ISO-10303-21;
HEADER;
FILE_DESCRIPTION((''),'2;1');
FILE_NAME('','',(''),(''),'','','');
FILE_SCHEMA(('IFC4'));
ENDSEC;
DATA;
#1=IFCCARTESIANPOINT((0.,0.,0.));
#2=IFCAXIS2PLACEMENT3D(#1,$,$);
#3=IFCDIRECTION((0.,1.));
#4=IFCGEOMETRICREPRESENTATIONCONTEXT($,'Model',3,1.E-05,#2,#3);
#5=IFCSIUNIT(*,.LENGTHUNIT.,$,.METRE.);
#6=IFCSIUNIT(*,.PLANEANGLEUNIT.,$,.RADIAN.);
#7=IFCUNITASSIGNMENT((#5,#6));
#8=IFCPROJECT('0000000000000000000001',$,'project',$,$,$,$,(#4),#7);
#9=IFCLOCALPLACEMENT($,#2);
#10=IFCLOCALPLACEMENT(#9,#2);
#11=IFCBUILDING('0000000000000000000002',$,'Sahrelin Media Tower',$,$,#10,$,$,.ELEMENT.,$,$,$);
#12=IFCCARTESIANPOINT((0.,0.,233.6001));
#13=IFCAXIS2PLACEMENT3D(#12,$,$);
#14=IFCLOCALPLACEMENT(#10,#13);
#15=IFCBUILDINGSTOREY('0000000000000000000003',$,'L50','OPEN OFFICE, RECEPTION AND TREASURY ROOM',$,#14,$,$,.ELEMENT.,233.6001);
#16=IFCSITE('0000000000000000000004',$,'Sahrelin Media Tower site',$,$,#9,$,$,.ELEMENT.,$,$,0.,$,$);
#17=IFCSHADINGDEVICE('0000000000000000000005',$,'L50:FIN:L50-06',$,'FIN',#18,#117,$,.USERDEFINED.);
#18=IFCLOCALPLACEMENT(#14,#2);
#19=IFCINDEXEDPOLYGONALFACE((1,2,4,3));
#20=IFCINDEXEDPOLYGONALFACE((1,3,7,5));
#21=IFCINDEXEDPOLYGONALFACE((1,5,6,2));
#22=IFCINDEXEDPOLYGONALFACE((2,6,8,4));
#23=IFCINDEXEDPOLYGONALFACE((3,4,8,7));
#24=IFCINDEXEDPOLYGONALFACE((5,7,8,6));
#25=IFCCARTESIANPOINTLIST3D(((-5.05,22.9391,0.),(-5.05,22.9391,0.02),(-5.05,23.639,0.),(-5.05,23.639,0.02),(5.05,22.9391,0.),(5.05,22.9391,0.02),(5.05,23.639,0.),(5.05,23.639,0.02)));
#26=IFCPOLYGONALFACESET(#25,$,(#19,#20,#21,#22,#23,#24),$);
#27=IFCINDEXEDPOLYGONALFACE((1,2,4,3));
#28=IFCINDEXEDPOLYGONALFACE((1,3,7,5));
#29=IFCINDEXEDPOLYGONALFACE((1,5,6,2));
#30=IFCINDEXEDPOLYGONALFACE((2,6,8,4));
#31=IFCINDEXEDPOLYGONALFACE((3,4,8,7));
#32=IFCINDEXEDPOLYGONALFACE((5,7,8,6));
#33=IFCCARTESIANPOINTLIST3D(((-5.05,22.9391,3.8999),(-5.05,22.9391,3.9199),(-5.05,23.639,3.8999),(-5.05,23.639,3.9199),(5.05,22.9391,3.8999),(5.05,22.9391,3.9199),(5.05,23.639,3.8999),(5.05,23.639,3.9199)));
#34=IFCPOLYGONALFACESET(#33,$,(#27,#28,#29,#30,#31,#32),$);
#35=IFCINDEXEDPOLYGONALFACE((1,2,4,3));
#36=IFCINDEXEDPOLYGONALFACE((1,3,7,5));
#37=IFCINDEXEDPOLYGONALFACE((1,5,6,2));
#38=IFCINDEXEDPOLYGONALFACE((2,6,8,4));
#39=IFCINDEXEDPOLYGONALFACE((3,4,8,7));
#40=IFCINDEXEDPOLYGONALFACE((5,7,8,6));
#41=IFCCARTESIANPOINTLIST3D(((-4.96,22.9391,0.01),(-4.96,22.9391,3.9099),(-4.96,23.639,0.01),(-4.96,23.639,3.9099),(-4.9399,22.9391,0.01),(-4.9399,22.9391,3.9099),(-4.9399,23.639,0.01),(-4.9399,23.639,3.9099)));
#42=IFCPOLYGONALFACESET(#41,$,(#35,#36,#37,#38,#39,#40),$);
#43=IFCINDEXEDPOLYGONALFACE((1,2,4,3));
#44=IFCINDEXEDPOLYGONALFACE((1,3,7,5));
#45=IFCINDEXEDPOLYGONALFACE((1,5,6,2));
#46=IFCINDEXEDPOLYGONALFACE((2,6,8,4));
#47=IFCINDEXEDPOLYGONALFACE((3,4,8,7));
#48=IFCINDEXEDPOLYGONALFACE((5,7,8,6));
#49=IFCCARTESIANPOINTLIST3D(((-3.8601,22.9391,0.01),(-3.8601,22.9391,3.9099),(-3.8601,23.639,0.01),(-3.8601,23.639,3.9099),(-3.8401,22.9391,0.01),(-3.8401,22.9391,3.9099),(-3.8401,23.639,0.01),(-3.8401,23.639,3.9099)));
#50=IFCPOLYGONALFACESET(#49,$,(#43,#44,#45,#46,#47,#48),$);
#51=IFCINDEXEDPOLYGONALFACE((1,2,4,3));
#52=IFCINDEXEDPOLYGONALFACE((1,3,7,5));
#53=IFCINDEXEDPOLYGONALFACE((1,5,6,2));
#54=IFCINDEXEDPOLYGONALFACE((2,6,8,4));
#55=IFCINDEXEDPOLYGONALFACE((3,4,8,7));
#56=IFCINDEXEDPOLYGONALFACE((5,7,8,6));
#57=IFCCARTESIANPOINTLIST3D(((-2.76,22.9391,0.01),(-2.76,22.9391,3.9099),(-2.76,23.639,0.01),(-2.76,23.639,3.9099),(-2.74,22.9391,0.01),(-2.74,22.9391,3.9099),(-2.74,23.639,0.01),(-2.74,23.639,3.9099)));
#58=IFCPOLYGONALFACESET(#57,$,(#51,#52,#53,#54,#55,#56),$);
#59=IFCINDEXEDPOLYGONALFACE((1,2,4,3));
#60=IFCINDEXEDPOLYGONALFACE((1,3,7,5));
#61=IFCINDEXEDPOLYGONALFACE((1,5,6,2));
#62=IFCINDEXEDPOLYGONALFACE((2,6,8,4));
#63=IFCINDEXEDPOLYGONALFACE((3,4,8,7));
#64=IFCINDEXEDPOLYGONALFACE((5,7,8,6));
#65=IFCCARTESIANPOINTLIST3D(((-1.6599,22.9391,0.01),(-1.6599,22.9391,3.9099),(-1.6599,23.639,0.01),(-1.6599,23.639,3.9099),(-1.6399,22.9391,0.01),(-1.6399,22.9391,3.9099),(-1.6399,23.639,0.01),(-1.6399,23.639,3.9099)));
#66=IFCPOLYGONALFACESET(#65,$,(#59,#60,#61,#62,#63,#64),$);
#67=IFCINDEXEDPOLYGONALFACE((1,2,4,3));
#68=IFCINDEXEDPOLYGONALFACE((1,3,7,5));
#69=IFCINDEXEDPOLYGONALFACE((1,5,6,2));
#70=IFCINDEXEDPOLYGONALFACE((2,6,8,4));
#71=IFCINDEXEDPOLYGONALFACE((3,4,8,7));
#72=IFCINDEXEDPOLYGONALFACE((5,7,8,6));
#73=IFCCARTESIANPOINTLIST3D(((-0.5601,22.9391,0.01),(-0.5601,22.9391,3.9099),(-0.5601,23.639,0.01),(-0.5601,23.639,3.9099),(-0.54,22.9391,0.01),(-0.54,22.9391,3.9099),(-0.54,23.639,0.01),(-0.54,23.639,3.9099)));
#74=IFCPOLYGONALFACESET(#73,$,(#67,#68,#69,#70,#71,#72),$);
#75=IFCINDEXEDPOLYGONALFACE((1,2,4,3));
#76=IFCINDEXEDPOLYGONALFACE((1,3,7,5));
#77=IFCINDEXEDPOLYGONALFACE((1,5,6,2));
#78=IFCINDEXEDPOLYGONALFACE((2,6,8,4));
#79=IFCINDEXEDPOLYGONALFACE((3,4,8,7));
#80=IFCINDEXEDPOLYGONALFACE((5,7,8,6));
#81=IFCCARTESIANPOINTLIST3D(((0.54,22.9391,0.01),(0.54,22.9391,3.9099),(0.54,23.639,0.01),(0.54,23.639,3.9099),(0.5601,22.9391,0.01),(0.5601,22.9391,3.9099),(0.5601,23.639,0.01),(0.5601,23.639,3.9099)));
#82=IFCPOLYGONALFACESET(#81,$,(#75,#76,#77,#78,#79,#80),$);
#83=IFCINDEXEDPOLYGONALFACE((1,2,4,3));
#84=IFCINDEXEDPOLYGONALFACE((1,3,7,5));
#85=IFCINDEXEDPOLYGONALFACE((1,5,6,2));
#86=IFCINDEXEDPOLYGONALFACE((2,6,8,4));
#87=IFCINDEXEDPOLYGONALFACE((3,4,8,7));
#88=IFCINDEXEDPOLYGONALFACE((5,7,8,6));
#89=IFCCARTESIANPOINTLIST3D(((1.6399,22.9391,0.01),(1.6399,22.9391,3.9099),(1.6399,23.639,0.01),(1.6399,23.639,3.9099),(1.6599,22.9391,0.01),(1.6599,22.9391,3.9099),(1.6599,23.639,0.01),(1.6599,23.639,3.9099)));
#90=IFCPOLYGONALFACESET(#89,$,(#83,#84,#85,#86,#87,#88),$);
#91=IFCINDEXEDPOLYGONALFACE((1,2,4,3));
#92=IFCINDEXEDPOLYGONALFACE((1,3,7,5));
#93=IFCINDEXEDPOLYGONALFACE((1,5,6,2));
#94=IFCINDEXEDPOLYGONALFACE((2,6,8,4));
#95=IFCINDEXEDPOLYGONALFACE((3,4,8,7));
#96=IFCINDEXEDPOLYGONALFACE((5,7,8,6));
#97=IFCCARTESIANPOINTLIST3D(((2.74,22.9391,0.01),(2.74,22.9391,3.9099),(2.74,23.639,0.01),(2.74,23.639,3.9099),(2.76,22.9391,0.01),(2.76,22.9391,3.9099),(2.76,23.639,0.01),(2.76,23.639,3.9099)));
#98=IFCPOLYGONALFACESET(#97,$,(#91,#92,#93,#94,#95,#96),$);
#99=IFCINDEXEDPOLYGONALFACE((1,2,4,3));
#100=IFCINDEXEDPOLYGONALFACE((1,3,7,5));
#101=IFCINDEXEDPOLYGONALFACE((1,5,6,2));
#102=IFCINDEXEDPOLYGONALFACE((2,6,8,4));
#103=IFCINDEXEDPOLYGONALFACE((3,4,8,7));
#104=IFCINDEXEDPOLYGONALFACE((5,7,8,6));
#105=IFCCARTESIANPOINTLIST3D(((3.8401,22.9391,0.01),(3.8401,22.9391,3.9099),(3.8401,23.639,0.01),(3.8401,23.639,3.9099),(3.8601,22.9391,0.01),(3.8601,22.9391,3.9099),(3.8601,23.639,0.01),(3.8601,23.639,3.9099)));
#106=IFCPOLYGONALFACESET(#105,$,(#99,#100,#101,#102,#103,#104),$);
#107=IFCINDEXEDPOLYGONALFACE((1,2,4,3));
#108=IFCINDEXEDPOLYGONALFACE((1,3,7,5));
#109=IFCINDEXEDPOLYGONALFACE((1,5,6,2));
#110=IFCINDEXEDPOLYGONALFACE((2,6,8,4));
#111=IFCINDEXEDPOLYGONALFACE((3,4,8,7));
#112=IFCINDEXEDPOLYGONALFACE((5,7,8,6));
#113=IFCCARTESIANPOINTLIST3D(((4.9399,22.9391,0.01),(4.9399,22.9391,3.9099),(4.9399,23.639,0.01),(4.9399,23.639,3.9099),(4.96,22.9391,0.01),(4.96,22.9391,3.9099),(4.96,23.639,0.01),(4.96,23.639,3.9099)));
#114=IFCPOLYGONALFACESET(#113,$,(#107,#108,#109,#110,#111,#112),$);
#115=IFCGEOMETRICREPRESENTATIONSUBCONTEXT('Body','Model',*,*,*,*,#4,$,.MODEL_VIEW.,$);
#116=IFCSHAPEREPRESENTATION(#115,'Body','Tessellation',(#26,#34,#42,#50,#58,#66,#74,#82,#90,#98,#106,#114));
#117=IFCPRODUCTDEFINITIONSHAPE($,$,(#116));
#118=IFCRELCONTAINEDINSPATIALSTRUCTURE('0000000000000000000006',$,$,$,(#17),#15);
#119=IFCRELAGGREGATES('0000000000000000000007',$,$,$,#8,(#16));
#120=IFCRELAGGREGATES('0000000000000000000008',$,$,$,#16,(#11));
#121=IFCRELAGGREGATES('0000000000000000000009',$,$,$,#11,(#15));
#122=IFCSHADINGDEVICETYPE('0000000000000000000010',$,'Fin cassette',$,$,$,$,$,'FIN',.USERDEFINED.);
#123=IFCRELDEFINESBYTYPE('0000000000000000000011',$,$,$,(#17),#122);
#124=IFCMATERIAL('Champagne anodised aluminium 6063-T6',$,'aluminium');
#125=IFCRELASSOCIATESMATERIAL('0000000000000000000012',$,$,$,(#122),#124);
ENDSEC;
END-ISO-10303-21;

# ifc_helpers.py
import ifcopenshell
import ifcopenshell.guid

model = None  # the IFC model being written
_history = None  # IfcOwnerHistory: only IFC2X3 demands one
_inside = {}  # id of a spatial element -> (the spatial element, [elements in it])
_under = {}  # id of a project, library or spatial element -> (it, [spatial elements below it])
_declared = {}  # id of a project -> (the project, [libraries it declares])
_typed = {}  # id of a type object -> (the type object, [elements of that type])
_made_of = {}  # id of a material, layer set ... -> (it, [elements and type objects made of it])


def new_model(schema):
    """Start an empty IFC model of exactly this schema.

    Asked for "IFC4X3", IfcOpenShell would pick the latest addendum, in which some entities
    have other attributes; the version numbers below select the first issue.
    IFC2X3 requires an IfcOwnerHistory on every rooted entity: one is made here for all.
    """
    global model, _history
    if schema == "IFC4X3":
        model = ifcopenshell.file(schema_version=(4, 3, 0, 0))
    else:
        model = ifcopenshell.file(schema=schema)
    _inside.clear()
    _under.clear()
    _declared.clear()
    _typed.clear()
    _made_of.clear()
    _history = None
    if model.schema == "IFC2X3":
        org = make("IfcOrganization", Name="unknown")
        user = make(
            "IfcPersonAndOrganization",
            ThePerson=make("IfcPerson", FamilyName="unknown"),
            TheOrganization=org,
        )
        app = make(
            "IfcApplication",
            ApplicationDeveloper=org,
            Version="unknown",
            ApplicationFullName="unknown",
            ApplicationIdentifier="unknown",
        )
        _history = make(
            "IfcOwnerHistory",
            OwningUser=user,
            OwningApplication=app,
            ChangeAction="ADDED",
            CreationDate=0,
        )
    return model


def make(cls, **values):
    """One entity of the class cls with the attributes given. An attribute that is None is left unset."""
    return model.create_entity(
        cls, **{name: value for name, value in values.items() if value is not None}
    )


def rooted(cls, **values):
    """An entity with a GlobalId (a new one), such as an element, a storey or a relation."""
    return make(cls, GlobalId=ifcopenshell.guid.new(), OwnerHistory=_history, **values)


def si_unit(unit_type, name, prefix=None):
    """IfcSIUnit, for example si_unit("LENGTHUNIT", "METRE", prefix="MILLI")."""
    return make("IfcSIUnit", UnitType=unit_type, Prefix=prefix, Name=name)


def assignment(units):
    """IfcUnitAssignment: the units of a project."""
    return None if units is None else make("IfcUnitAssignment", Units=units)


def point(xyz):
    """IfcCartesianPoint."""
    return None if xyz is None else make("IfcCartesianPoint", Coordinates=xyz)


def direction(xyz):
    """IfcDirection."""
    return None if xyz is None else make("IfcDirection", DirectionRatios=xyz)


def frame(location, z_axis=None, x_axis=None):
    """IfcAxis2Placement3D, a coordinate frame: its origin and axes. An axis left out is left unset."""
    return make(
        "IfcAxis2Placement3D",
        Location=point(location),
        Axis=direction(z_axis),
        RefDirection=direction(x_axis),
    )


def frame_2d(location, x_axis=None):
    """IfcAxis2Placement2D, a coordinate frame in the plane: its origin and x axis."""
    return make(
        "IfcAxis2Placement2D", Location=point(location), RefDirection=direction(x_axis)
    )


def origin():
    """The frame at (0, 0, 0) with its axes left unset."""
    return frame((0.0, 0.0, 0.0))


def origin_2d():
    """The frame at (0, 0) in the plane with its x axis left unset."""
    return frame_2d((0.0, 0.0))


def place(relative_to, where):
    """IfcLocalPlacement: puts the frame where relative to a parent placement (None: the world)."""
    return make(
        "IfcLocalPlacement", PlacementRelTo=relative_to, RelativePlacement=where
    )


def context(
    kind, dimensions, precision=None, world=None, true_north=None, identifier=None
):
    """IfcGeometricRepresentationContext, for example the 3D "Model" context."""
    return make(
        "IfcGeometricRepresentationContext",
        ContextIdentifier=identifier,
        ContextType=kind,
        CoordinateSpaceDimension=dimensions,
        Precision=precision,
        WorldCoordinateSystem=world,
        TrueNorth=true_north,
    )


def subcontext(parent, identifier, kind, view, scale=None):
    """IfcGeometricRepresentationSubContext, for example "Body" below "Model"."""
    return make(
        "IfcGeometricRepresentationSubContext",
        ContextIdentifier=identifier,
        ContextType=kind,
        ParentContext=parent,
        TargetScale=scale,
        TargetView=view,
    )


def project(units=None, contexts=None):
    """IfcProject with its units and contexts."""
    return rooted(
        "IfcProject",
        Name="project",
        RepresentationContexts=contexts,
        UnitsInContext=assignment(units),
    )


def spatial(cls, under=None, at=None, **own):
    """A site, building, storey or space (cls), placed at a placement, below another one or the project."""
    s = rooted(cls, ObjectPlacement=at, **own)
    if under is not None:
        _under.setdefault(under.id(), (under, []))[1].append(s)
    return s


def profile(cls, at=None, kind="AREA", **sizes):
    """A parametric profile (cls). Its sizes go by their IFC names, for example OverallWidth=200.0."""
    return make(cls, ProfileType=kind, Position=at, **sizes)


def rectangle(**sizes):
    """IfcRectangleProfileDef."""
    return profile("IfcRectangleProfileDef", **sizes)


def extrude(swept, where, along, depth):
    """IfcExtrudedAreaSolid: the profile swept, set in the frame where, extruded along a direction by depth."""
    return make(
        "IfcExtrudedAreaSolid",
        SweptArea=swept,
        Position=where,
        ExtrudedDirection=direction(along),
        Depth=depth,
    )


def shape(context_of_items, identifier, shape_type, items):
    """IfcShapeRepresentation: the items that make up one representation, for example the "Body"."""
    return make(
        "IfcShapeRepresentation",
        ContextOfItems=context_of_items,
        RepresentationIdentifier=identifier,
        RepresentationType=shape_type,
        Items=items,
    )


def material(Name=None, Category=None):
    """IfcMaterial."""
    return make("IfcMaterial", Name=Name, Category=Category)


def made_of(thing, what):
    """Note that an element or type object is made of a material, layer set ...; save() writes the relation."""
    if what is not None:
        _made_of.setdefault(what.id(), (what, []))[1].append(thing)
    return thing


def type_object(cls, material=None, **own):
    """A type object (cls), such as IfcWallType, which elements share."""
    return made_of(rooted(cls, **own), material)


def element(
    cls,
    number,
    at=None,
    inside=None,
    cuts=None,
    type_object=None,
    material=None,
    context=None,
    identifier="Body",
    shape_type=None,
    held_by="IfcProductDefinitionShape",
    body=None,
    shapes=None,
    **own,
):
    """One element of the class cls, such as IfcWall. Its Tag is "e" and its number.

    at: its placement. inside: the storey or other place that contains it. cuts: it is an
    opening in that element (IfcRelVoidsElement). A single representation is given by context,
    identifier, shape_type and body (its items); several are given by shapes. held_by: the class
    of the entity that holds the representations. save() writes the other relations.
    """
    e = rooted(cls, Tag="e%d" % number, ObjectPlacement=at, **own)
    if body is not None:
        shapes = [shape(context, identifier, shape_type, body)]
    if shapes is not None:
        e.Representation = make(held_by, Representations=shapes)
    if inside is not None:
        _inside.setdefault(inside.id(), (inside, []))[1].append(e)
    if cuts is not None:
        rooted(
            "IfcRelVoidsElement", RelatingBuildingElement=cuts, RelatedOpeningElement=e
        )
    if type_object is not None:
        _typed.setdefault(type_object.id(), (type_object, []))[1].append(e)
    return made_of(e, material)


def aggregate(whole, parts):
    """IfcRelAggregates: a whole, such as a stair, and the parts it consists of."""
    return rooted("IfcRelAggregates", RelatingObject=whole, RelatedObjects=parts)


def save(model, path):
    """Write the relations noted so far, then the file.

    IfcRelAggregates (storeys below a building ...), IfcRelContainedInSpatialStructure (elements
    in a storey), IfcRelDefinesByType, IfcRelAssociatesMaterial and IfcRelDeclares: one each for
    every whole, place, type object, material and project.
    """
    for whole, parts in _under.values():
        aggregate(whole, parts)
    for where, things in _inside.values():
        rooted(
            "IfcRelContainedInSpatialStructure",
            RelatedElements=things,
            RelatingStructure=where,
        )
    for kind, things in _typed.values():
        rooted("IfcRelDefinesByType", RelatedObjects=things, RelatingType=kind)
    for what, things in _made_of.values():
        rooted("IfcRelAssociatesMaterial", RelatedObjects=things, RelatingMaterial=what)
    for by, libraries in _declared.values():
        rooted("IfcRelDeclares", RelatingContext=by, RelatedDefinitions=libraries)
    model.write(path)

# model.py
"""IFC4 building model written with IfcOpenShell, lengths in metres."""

from ifc_helpers import new_model, si_unit, direction, frame, origin, origin_2d, place, context, subcontext, project, spatial, rectangle, extrude, material, type_object, element, save


model = new_model("IFC4")

# Units and contexts
model_context = context("Model", 3, precision=1e-05, world=origin(), true_north=direction((0.0, 1.0)))
body_context = subcontext(model_context, "Body", "Model", "MODEL_VIEW")
ifc_project = project(units=[si_unit("LENGTHUNIT", "METRE"), si_unit("PLANEANGLEUNIT", "RADIAN")], contexts=[model_context])

# Site, building, storey
site_placement = place(None, origin())
site = spatial("IfcSite", under=ifc_project, at=site_placement, Name="Sahrelin Media Tower site", CompositionType="ELEMENT", RefElevation=0.0)
building_placement = place(site_placement, origin())
building = spatial("IfcBuilding", under=site, at=building_placement, Name="Sahrelin Media Tower", CompositionType="ELEMENT")
storey_placement = place(building_placement, frame((0.0, 0.0, 233.6001)))
storey = spatial("IfcBuildingStorey", under=building, at=storey_placement, Name="L50", Description="OPEN OFFICE, RECEPTION AND TREASURY ROOM", CompositionType="ELEMENT", Elevation=233.6001)

# Shared definitions
ifc_material_1 = material(Name="Champagne anodised aluminium 6063-T6", Category="aluminium")

# Shared definitions
placement_1 = place(storey_placement, frame((0.0, 22.8691, 0.0), z_axis=(0.0, 0.0, 1.0), x_axis=(1.0, 0.0, 0.0)))

# Shading device
shading_device_type_1 = type_object("IfcShadingDeviceType", Name="Fin cassette", ElementType="FIN", PredefinedType="USERDEFINED", material=ifc_material_1)
element("IfcShadingDevice", 1, at=placement_1, inside=storey, type_object=shading_device_type_1, Name="L50:FIN:L50-06", ObjectType="FIN", PredefinedType="USERDEFINED", context=body_context, shape_type="SweptSolid", body=[
    extrude(rectangle(XDim=10.1001, YDim=0.7, at=origin_2d()), frame((0.0, 0.4199, 0.0)), (0.0, 0.0, 1.0), 0.02),
    extrude(rectangle(XDim=10.1001, YDim=0.7, at=origin_2d()), frame((0.0, 0.4199, 3.8999)), (0.0, 0.0, 1.0), 0.02),
    extrude(rectangle(XDim=0.02, YDim=0.7, at=origin_2d()), frame((-4.95, 0.4199, 0.01), z_axis=(0.0, 0.0, 1.0), x_axis=(1.0, 0.0, 0.0)), (0.0, 0.0, 1.0), 3.8999),
    extrude(rectangle(XDim=0.02, YDim=0.7, at=origin_2d()), frame((-3.8501, 0.4199, 0.01), z_axis=(0.0, 0.0, 1.0), x_axis=(1.0, 0.0, 0.0)), (0.0, 0.0, 1.0), 3.8999),
    extrude(rectangle(XDim=0.02, YDim=0.7, at=origin_2d()), frame((-2.75, 0.4199, 0.01), z_axis=(0.0, 0.0, 1.0), x_axis=(1.0, 0.0, 0.0)), (0.0, 0.0, 1.0), 3.8999),
    extrude(rectangle(XDim=0.02, YDim=0.7, at=origin_2d()), frame((-1.6499, 0.4199, 0.01), z_axis=(0.0, 0.0, 1.0), x_axis=(1.0, 0.0, 0.0)), (0.0, 0.0, 1.0), 3.8999),
    extrude(rectangle(XDim=0.02, YDim=0.7, at=origin_2d()), frame((-0.55, 0.4199, 0.01), z_axis=(0.0, 0.0, 1.0), x_axis=(1.0, 0.0, 0.0)), (0.0, 0.0, 1.0), 3.8999),
    extrude(rectangle(XDim=0.02, YDim=0.7, at=origin_2d()), frame((0.55, 0.4199, 0.01), z_axis=(0.0, 0.0, 1.0), x_axis=(1.0, 0.0, 0.0)), (0.0, 0.0, 1.0), 3.8999),
    extrude(rectangle(XDim=0.02, YDim=0.7, at=origin_2d()), frame((1.6499, 0.4199, 0.01), z_axis=(0.0, 0.0, 1.0), x_axis=(1.0, 0.0, 0.0)), (0.0, 0.0, 1.0), 3.8999),
    extrude(rectangle(XDim=0.02, YDim=0.7, at=origin_2d()), frame((2.75, 0.4199, 0.01), z_axis=(0.0, 0.0, 1.0), x_axis=(1.0, 0.0, 0.0)), (0.0, 0.0, 1.0), 3.8999),
    extrude(rectangle(XDim=0.02, YDim=0.7, at=origin_2d()), frame((3.8501, 0.4199, 0.01), z_axis=(0.0, 0.0, 1.0), x_axis=(1.0, 0.0, 0.0)), (0.0, 0.0, 1.0), 3.8999),
    extrude(rectangle(XDim=0.02, YDim=0.7, at=origin_2d()), frame((4.95, 0.4199, 0.01), z_axis=(0.0, 0.0, 1.0), x_axis=(1.0, 0.0, 0.0)), (0.0, 0.0, 1.0), 3.8999),
])

save(model, "model.ifc")
